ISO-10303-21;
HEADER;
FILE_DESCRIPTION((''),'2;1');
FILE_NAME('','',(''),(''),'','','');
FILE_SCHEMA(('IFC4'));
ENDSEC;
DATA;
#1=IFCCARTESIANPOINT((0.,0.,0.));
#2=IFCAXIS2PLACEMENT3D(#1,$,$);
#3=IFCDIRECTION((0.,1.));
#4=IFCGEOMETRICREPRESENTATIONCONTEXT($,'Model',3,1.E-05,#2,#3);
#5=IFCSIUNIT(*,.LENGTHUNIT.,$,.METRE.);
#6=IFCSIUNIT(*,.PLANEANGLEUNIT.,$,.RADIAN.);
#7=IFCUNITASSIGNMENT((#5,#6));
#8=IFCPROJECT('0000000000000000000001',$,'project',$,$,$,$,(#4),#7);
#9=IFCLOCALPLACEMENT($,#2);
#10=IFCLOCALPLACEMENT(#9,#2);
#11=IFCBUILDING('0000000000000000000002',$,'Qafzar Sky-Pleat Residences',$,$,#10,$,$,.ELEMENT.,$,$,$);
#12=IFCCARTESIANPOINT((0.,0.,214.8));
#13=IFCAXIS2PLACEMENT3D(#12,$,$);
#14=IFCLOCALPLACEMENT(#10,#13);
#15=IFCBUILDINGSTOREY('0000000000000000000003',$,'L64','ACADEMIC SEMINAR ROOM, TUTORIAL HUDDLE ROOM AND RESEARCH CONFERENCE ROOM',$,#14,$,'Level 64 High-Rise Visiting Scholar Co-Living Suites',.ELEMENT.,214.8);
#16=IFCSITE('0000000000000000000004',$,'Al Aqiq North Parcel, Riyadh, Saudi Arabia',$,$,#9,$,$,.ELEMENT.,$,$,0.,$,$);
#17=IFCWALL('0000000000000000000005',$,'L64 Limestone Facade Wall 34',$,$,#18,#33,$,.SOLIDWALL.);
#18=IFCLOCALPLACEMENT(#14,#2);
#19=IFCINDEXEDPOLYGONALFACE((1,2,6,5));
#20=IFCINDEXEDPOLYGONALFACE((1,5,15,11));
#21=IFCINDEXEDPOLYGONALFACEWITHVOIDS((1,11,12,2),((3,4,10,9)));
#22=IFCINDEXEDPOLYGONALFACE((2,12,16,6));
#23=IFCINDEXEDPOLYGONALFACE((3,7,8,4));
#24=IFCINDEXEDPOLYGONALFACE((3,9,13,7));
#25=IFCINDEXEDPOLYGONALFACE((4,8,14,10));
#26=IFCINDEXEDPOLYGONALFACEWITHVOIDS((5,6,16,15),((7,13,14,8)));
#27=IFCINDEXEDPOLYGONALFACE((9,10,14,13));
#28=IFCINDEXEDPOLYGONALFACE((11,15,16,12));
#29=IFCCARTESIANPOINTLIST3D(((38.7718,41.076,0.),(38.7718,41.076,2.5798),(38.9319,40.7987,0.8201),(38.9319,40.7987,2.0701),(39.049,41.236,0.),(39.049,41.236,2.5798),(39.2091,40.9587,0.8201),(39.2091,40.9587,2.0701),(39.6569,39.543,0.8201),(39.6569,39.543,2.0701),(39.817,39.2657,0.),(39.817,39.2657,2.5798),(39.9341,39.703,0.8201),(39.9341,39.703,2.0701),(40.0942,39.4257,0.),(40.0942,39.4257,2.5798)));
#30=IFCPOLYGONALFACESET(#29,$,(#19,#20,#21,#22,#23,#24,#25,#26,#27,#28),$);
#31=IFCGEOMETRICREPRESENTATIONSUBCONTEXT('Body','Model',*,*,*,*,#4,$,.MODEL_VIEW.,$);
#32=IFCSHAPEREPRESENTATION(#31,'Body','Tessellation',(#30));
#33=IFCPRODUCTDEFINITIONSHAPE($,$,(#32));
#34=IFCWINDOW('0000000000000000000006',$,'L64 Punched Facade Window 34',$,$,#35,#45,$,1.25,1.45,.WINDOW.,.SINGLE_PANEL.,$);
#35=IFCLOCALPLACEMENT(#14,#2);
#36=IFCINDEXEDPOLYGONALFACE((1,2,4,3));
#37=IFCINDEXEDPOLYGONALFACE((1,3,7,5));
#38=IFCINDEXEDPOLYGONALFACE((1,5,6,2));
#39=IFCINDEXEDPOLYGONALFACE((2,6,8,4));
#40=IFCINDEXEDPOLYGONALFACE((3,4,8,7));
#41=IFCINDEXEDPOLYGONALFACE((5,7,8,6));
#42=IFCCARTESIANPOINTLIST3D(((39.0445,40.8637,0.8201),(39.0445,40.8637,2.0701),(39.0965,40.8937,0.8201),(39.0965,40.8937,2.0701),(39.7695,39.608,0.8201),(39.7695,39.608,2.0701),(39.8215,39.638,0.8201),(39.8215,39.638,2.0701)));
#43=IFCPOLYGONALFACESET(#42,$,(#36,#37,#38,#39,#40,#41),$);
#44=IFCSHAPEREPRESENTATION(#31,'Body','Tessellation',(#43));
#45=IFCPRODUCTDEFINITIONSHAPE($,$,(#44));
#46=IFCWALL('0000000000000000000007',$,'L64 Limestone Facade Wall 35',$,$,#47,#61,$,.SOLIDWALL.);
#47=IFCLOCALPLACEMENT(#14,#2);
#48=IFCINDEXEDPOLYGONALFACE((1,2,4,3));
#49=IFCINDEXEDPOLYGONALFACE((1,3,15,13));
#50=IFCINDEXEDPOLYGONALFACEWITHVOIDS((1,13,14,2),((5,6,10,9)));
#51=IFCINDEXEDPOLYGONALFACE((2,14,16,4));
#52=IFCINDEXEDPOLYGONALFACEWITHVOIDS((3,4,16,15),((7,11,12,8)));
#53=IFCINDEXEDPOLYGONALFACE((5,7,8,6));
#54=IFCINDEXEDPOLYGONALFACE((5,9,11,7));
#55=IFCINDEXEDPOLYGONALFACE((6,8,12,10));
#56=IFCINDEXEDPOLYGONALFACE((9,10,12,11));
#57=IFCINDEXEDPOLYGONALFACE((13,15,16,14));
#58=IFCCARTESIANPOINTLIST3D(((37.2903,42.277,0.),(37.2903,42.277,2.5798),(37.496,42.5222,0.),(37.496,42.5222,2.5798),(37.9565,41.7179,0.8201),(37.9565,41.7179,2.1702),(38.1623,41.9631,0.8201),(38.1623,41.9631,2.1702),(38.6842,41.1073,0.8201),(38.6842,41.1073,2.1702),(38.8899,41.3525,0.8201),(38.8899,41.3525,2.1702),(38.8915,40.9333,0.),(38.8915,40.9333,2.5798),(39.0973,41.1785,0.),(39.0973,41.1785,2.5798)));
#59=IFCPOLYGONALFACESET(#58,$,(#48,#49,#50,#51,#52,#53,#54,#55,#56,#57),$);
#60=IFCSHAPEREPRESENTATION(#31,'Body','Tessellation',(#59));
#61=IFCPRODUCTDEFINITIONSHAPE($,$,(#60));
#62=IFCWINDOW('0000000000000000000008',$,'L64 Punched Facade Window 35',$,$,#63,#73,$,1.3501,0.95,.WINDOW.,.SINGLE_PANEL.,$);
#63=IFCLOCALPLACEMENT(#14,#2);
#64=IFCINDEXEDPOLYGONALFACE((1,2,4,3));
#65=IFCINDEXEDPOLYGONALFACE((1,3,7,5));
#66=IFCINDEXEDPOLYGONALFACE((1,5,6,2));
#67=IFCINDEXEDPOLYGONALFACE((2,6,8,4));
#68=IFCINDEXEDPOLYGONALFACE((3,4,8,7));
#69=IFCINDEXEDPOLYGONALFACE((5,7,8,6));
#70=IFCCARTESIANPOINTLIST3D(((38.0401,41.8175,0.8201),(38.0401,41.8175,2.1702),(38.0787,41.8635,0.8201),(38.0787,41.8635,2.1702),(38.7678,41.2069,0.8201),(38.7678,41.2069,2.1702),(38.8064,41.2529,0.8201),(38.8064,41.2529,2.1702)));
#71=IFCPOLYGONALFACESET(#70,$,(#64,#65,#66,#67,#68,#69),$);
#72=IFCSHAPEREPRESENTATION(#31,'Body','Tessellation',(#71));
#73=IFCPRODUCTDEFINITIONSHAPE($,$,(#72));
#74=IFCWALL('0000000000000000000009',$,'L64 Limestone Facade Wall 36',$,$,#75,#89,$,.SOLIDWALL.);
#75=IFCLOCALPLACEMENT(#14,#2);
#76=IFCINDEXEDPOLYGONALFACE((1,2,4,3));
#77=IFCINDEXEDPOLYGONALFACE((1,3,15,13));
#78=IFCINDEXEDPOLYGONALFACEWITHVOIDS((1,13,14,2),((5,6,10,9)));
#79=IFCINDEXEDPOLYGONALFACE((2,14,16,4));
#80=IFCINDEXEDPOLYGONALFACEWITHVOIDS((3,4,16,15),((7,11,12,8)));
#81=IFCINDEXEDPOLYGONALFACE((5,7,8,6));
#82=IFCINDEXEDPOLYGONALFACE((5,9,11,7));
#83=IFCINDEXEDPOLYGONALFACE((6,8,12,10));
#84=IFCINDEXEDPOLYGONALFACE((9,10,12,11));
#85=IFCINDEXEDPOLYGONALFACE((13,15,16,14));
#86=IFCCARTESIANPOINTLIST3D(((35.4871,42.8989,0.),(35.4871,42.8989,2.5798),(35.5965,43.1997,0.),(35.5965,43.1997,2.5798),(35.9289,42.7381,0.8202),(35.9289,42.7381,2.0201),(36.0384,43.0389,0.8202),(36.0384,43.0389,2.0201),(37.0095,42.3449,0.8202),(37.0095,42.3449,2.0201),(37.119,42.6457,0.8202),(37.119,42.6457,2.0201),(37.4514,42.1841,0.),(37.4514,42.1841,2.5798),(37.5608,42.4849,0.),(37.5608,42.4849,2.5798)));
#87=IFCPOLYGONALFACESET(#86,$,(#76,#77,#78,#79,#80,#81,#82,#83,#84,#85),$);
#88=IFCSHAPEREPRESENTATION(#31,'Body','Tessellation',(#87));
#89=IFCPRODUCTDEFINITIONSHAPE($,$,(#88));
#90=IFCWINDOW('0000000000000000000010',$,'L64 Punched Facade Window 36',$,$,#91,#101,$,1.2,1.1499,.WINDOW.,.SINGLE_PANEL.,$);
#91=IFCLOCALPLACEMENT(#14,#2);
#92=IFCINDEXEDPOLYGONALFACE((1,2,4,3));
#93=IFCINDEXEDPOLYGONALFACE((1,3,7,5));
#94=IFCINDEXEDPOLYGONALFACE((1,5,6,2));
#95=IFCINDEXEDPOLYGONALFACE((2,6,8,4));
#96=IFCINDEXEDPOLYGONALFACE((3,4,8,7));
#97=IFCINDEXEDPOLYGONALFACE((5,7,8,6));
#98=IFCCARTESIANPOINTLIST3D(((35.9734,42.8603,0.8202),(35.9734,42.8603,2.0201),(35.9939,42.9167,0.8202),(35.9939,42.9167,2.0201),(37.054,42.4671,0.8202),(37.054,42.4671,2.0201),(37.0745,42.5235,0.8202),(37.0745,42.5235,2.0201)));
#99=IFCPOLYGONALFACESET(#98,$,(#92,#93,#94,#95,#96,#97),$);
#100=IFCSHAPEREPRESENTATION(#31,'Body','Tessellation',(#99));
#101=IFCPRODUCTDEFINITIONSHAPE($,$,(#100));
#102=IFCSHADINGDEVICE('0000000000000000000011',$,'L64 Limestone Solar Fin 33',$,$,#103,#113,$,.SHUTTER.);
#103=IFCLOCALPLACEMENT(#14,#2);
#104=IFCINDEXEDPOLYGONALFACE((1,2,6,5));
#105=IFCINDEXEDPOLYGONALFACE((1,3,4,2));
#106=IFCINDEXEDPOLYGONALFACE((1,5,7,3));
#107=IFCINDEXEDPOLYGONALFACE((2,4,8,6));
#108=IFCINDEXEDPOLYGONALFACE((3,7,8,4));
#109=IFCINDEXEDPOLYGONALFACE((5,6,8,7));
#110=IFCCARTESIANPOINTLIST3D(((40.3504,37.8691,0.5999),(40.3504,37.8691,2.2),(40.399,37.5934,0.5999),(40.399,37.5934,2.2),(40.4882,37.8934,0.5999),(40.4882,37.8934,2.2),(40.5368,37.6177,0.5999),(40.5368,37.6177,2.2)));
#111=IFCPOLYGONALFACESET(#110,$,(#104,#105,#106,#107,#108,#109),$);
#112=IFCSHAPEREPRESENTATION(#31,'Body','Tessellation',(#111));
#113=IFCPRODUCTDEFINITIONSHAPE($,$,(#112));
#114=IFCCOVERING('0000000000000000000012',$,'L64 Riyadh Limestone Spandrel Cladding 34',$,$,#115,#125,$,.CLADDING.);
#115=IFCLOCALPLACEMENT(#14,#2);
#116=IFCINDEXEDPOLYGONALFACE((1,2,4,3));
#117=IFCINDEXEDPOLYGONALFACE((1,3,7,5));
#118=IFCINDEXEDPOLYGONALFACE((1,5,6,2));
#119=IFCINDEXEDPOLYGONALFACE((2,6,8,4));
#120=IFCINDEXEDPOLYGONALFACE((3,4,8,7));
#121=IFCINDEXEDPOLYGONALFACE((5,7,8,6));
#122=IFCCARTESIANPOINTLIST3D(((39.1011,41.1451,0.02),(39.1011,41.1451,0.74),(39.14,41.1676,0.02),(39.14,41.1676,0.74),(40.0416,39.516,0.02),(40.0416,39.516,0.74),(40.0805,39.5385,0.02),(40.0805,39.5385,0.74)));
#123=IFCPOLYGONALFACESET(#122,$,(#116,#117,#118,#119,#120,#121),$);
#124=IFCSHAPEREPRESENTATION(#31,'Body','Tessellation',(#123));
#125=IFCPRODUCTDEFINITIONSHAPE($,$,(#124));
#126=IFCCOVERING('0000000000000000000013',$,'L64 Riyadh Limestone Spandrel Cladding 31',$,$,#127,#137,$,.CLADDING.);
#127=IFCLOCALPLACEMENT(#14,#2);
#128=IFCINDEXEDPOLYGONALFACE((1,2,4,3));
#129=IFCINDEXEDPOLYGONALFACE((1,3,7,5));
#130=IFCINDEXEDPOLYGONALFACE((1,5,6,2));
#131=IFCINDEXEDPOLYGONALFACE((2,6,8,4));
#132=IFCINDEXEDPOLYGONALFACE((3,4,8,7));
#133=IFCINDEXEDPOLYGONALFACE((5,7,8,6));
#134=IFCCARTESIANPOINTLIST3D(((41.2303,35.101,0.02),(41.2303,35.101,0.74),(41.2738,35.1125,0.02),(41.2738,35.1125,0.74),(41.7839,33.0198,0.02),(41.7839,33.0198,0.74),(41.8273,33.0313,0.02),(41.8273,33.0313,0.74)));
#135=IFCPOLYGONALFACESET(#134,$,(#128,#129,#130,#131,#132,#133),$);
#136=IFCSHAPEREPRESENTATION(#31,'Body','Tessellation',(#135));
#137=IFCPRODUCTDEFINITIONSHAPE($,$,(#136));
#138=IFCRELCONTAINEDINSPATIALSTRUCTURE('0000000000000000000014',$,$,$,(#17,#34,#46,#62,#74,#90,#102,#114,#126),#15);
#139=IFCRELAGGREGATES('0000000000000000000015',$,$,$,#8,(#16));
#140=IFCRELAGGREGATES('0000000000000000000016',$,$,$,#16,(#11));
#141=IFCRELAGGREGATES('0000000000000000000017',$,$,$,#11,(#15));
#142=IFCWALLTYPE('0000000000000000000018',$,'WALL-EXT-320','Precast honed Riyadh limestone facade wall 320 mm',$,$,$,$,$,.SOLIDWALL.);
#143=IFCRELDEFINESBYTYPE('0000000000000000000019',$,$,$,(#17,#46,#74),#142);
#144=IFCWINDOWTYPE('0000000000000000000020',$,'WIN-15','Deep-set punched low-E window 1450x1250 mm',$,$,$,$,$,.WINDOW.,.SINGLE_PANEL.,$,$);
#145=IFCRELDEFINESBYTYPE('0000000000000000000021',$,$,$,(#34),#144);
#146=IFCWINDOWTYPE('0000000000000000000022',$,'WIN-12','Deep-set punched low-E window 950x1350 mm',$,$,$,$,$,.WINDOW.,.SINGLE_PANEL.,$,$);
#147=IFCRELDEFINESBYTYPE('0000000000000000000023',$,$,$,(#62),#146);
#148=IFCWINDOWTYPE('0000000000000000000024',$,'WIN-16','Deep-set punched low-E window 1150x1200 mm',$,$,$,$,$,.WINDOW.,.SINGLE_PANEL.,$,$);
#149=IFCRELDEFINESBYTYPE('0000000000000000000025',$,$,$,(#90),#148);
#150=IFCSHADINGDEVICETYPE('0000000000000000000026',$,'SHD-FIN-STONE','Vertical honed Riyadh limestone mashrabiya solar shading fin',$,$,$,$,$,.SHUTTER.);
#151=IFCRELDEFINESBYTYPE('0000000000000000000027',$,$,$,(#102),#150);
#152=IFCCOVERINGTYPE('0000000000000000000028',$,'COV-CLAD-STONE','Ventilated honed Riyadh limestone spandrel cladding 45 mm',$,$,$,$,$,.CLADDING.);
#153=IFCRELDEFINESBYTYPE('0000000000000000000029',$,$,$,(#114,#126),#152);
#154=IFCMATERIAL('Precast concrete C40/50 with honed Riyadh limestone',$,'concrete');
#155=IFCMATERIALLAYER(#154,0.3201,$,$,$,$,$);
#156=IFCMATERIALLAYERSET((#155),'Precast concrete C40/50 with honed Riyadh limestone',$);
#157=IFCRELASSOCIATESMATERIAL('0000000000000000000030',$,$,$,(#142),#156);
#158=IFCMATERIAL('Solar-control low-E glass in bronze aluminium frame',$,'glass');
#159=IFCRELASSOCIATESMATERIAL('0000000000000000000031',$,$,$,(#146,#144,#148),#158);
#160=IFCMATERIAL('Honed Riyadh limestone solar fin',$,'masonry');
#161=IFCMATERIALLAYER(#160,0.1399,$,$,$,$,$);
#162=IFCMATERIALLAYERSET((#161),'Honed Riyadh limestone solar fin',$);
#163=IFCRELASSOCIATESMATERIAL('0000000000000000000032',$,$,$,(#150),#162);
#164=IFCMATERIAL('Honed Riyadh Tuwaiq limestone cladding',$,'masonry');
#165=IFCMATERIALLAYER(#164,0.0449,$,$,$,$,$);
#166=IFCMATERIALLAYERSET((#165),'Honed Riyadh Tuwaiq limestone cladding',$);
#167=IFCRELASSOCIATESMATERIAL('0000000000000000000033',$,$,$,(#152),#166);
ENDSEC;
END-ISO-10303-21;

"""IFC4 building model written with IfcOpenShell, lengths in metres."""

from ifc_helpers import new_model, si_unit, direction, frame, frame_2d, origin, origin_2d, place, context, subcontext, project, spatial, rectangle, extrude, source, transform, mapped, material, layer, layer_set, type_object, element, fill, save


model = new_model("IFC4")

# Units and contexts
model_context = context("Model", 3, precision=1e-05, world=origin(), true_north=direction((0.0, 1.0)))
body_context = subcontext(model_context, "Body", "Model", "MODEL_VIEW")
ifc_project = project(units=[si_unit("LENGTHUNIT", "METRE"), si_unit("PLANEANGLEUNIT", "RADIAN")], contexts=[model_context])

# Site, building, storey
site_placement = place(None, origin())
site = spatial("IfcSite", under=ifc_project, at=site_placement, Name="Al Aqiq North Parcel, Riyadh, Saudi Arabia", CompositionType="ELEMENT", RefElevation=0.0)
building_placement = place(site_placement, origin())
building = spatial("IfcBuilding", under=site, at=building_placement, Name="Qafzar Sky-Pleat Residences", CompositionType="ELEMENT")
storey_placement = place(building_placement, frame((0.0, 0.0, 214.8)))
storey = spatial("IfcBuildingStorey", under=building, at=storey_placement, Name="L64", Description="ACADEMIC SEMINAR ROOM, TUTORIAL HUDDLE ROOM AND RESEARCH CONFERENCE ROOM", LongName="Level 64 High-Rise Visiting Scholar Co-Living Suites", CompositionType="ELEMENT", Elevation=214.8)

# Walls, openings, windows
ifc_material_1 = material(Name="Precast concrete C40/50 with honed Riyadh limestone", Category="concrete")
ifc_layer_1 = layer(ifc_material_1, 0.3201)
ifc_layer_set_1 = layer_set([ifc_layer_1], Name="Precast concrete C40/50 with honed Riyadh limestone")
wall_type_1 = type_object("IfcWallType", Name="WALL-EXT-320", Description="Precast honed Riyadh limestone facade wall 320 mm", PredefinedType="SOLIDWALL", material=ifc_layer_set_1)
ifc_material_2 = material(Name="Solar-control low-E glass in bronze aluminium frame", Category="glass")
window_type_1 = type_object("IfcWindowType", Name="WIN-12", Description="Deep-set punched low-E window 950x1350 mm", PartitioningType="SINGLE_PANEL", PredefinedType="WINDOW", material=ifc_material_2)
shared_shape_1 = source(origin(), body_context, "Body", "SweptSolid", [
    extrude(rectangle(XDim=0.95, YDim=1.3501, at=frame_2d((0.4751, 0.675))), frame((0.0, 0.03, 0.0), z_axis=(0.0, -1.0, 0.0), x_axis=(1.0, 0.0, 0.0)), (0.0, 0.0, 1.0), 0.0601),
])
wall_1_placement = place(storey_placement, frame((39.9556, 39.3457, 0.0), z_axis=(0.0, 0.0, 1.0), x_axis=(-0.499995, 0.866028, 0.0)))
wall_1 = element("IfcWall", 1, at=wall_1_placement, inside=storey, type_object=wall_type_1, Name="L64 Limestone Facade Wall 34", PredefinedType="SOLIDWALL", context=body_context, shape_type="SweptSolid", body=[
    extrude(rectangle(XDim=2.0903, YDim=0.3201, at=frame_2d((1.0452, 0.0))), origin(), (0.0, 0.0, 1.0), 2.5798),
])
opening_1_placement = place(wall_1_placement, frame((0.3201, 0.0, 0.8201)))
opening_1 = element("IfcOpeningElement", 2, at=opening_1_placement, cuts=wall_1, PredefinedType="OPENING", context=body_context, shape_type="SweptSolid", body=[
    extrude(rectangle(XDim=1.45, YDim=1.25, at=frame_2d((0.7251, 0.625))), frame((0.0, 0.1699, 0.0), z_axis=(0.0, -1.0, 0.0), x_axis=(1.0, 0.0, 0.0)), (0.0, 0.0, 1.0), 0.3401),
])
window_type_2 = type_object("IfcWindowType", Name="WIN-15", Description="Deep-set punched low-E window 1450x1250 mm", PartitioningType="SINGLE_PANEL", PredefinedType="WINDOW", material=ifc_material_2)
shared_shape_2 = source(origin(), body_context, "Body", "SweptSolid", [
    extrude(rectangle(XDim=1.45, YDim=1.25, at=frame_2d((0.7251, 0.625))), frame((0.0, 0.03, 0.0), z_axis=(0.0, -1.0, 0.0), x_axis=(1.0, 0.0, 0.0)), (0.0, 0.0, 1.0), 0.0601),
])
window_1_placement = place(opening_1_placement, origin())
window_1 = element("IfcWindow", 3, at=window_1_placement, inside=storey, type_object=window_type_2, Name="L64 Punched Facade Window 34", OverallHeight=1.25, OverallWidth=1.45, PartitioningType="SINGLE_PANEL", PredefinedType="WINDOW", context=body_context, shape_type="MappedRepresentation", body=[
    mapped(shared_shape_2, transform((0.0, 0.0, 0.0), x_axis=(1.0, 0.0, 0.0), y_axis=(0.0, 1.0, 0.0), z_axis=(0.0, 0.0, 1.0), scale=1.0)),
])
fill(opening_1, window_1)
wall_2_placement = place(storey_placement, frame((38.9944, 41.0559, 0.0), z_axis=(0.0, 0.0, 1.0), x_axis=(-0.766025, 0.642811, 0.0)))
wall_2 = element("IfcWall", 4, at=wall_2_placement, inside=storey, type_object=wall_type_1, Name="L64 Limestone Facade Wall 35", PredefinedType="SOLIDWALL", context=body_context, shape_type="SweptSolid", body=[
    extrude(rectangle(XDim=2.0903, YDim=0.3201, at=frame_2d((1.0452, 0.0))), origin(), (0.0, 0.0, 1.0), 2.5798),
])
opening_2_placement = place(wall_2_placement, frame((0.2705, 0.0, 0.8201)))
opening_2 = element("IfcOpeningElement", 5, at=opening_2_placement, cuts=wall_2, PredefinedType="OPENING", context=body_context, shape_type="SweptSolid", body=[
    extrude(rectangle(XDim=0.95, YDim=1.3501, at=frame_2d((0.4751, 0.675))), frame((0.0, 0.1699, 0.0), z_axis=(0.0, -1.0, 0.0), x_axis=(1.0, 0.0, 0.0)), (0.0, 0.0, 1.0), 0.3401),
])
window_2_placement = place(opening_2_placement, origin())
window_2 = element("IfcWindow", 6, at=window_2_placement, inside=storey, type_object=window_type_1, Name="L64 Punched Facade Window 35", OverallHeight=1.3501, OverallWidth=0.95, PartitioningType="SINGLE_PANEL", PredefinedType="WINDOW", context=body_context, shape_type="MappedRepresentation", body=[
    mapped(shared_shape_1, transform((0.0, 0.0, 0.0), x_axis=(1.0, 0.0, 0.0), y_axis=(0.0, 1.0, 0.0), z_axis=(0.0, 0.0, 1.0), scale=1.0)),
])
fill(opening_2, window_2)
wall_3_placement = place(storey_placement, frame((37.5061, 42.3345, 0.0), z_axis=(0.0, 0.0, 1.0), x_axis=(-0.939712, 0.341968, 0.0)))
wall_3 = element("IfcWall", 7, at=wall_3_placement, inside=storey, type_object=wall_type_1, Name="L64 Limestone Facade Wall 36", PredefinedType="SOLIDWALL", context=body_context, shape_type="SweptSolid", body=[
    extrude(rectangle(XDim=2.0903, YDim=0.3201, at=frame_2d((1.0452, 0.0))), origin(), (0.0, 0.0, 1.0), 2.5798),
])
opening_3_placement = place(wall_3_placement, frame((0.4702, 0.0, 0.8201)))
opening_3 = element("IfcOpeningElement", 8, at=opening_3_placement, cuts=wall_3, PredefinedType="OPENING", context=body_context, shape_type="SweptSolid", body=[
    extrude(rectangle(XDim=1.1499, YDim=1.2, at=frame_2d((0.575, 0.6001))), frame((0.0, 0.1699, 0.0), z_axis=(0.0, -1.0, 0.0), x_axis=(1.0, 0.0, 0.0)), (0.0, 0.0, 1.0), 0.3401),
])
window_type_3 = type_object("IfcWindowType", Name="WIN-16", Description="Deep-set punched low-E window 1150x1200 mm", PartitioningType="SINGLE_PANEL", PredefinedType="WINDOW", material=ifc_material_2)
shared_shape_3 = source(origin(), body_context, "Body", "SweptSolid", [
    extrude(rectangle(XDim=1.1499, YDim=1.2, at=frame_2d((0.575, 0.6001))), frame((0.0, 0.03, 0.0), z_axis=(0.0, -1.0, 0.0), x_axis=(1.0, 0.0, 0.0)), (0.0, 0.0, 1.0), 0.0601),
])
window_3_placement = place(opening_3_placement, origin())
window_3 = element("IfcWindow", 9, at=window_3_placement, inside=storey, type_object=window_type_3, Name="L64 Punched Facade Window 36", OverallHeight=1.2, OverallWidth=1.1499, PartitioningType="SINGLE_PANEL", PredefinedType="WINDOW", context=body_context, shape_type="MappedRepresentation", body=[
    mapped(shared_shape_3, transform((0.0, 0.0, 0.0), x_axis=(1.0, 0.0, 0.0), y_axis=(0.0, 1.0, 0.0), z_axis=(0.0, 0.0, 1.0), scale=1.0)),
])
fill(opening_3, window_3)

# Shading device
ifc_material_3 = material(Name="Honed Riyadh limestone solar fin", Category="masonry")
ifc_layer_2 = layer(ifc_material_3, 0.1399)
ifc_layer_set_2 = layer_set([ifc_layer_2], Name="Honed Riyadh limestone solar fin")
shading_device_type = type_object("IfcShadingDeviceType", Name="SHD-FIN-STONE", Description="Vertical honed Riyadh limestone mashrabiya solar shading fin", PredefinedType="SHUTTER", material=ifc_layer_set_2)
shared_shape_4 = source(origin(), body_context, "Body", "SweptSolid", [
    extrude(rectangle(XDim=0.1399, YDim=0.28, at=origin_2d()), origin(), (0.0, 0.0, 1.0), 1.6001),
])
shading_device_placement = place(storey_placement, frame((40.4436, 37.7434, 0.5999), z_axis=(0.0, 0.0, 1.0), x_axis=(0.984808, 0.173649, 0.0)))
element("IfcShadingDevice", 10, at=shading_device_placement, inside=storey, type_object=shading_device_type, Name="L64 Limestone Solar Fin 33", PredefinedType="SHUTTER", context=body_context, shape_type="MappedRepresentation", body=[
    mapped(shared_shape_4, transform((0.0, 0.0, 0.0), x_axis=(1.0, 0.0, 0.0), y_axis=(0.0, 1.0, 0.0), z_axis=(0.0, 0.0, 1.0), scale=1.0)),
])

# Coverings
ifc_material_4 = material(Name="Honed Riyadh Tuwaiq limestone cladding", Category="masonry")
ifc_layer_3 = layer(ifc_material_4, 0.0449)
ifc_layer_set_3 = layer_set([ifc_layer_3], Name="Honed Riyadh Tuwaiq limestone cladding")
covering_type = type_object("IfcCoveringType", Name="COV-CLAD-STONE", Description="Ventilated honed Riyadh limestone spandrel cladding 45 mm", PredefinedType="CLADDING", material=ifc_layer_set_3)
shared_shape_5 = source(origin(), body_context, "Body", "SweptSolid", [
    extrude(rectangle(XDim=1.8811, YDim=0.0449, at=origin_2d()), origin(), (0.0, 0.0, 1.0), 0.72),
])
covering_1_placement = place(storey_placement, frame((39.5908, 40.3418, 0.02), z_axis=(0.0, 0.0, 1.0), x_axis=(-0.499993, 0.866029, 0.0)))
element("IfcCovering", 11, at=covering_1_placement, inside=storey, type_object=covering_type, Name="L64 Riyadh Limestone Spandrel Cladding 34", PredefinedType="CLADDING", context=body_context, shape_type="MappedRepresentation", body=[
    mapped(shared_shape_5, transform((0.0, 0.0, 0.0), x_axis=(1.0, 0.0, 0.0), y_axis=(0.0, 1.0, 0.0), z_axis=(0.0, 0.0, 1.0), scale=1.0)),
])
shared_shape_6 = source(origin(), body_context, "Body", "SweptSolid", [
    extrude(rectangle(XDim=2.1536, YDim=0.0449, at=origin_2d()), origin(), (0.0, 0.0, 1.0), 0.72),
])
covering_2_placement = place(storey_placement, frame((41.5288, 34.0662, 0.02), z_axis=(0.0, 0.0, 1.0), x_axis=(-0.257023, 0.966405, 0.0)))
element("IfcCovering", 12, at=covering_2_placement, inside=storey, type_object=covering_type, Name="L64 Riyadh Limestone Spandrel Cladding 31", PredefinedType="CLADDING", context=body_context, shape_type="MappedRepresentation", body=[
    mapped(shared_shape_6, transform((0.0, 0.0, 0.0), x_axis=(1.0, 0.0, 0.0), y_axis=(0.0, 1.0, 0.0), z_axis=(0.0, 0.0, 1.0), scale=1.0)),
])

save(model, "model.ifc")
